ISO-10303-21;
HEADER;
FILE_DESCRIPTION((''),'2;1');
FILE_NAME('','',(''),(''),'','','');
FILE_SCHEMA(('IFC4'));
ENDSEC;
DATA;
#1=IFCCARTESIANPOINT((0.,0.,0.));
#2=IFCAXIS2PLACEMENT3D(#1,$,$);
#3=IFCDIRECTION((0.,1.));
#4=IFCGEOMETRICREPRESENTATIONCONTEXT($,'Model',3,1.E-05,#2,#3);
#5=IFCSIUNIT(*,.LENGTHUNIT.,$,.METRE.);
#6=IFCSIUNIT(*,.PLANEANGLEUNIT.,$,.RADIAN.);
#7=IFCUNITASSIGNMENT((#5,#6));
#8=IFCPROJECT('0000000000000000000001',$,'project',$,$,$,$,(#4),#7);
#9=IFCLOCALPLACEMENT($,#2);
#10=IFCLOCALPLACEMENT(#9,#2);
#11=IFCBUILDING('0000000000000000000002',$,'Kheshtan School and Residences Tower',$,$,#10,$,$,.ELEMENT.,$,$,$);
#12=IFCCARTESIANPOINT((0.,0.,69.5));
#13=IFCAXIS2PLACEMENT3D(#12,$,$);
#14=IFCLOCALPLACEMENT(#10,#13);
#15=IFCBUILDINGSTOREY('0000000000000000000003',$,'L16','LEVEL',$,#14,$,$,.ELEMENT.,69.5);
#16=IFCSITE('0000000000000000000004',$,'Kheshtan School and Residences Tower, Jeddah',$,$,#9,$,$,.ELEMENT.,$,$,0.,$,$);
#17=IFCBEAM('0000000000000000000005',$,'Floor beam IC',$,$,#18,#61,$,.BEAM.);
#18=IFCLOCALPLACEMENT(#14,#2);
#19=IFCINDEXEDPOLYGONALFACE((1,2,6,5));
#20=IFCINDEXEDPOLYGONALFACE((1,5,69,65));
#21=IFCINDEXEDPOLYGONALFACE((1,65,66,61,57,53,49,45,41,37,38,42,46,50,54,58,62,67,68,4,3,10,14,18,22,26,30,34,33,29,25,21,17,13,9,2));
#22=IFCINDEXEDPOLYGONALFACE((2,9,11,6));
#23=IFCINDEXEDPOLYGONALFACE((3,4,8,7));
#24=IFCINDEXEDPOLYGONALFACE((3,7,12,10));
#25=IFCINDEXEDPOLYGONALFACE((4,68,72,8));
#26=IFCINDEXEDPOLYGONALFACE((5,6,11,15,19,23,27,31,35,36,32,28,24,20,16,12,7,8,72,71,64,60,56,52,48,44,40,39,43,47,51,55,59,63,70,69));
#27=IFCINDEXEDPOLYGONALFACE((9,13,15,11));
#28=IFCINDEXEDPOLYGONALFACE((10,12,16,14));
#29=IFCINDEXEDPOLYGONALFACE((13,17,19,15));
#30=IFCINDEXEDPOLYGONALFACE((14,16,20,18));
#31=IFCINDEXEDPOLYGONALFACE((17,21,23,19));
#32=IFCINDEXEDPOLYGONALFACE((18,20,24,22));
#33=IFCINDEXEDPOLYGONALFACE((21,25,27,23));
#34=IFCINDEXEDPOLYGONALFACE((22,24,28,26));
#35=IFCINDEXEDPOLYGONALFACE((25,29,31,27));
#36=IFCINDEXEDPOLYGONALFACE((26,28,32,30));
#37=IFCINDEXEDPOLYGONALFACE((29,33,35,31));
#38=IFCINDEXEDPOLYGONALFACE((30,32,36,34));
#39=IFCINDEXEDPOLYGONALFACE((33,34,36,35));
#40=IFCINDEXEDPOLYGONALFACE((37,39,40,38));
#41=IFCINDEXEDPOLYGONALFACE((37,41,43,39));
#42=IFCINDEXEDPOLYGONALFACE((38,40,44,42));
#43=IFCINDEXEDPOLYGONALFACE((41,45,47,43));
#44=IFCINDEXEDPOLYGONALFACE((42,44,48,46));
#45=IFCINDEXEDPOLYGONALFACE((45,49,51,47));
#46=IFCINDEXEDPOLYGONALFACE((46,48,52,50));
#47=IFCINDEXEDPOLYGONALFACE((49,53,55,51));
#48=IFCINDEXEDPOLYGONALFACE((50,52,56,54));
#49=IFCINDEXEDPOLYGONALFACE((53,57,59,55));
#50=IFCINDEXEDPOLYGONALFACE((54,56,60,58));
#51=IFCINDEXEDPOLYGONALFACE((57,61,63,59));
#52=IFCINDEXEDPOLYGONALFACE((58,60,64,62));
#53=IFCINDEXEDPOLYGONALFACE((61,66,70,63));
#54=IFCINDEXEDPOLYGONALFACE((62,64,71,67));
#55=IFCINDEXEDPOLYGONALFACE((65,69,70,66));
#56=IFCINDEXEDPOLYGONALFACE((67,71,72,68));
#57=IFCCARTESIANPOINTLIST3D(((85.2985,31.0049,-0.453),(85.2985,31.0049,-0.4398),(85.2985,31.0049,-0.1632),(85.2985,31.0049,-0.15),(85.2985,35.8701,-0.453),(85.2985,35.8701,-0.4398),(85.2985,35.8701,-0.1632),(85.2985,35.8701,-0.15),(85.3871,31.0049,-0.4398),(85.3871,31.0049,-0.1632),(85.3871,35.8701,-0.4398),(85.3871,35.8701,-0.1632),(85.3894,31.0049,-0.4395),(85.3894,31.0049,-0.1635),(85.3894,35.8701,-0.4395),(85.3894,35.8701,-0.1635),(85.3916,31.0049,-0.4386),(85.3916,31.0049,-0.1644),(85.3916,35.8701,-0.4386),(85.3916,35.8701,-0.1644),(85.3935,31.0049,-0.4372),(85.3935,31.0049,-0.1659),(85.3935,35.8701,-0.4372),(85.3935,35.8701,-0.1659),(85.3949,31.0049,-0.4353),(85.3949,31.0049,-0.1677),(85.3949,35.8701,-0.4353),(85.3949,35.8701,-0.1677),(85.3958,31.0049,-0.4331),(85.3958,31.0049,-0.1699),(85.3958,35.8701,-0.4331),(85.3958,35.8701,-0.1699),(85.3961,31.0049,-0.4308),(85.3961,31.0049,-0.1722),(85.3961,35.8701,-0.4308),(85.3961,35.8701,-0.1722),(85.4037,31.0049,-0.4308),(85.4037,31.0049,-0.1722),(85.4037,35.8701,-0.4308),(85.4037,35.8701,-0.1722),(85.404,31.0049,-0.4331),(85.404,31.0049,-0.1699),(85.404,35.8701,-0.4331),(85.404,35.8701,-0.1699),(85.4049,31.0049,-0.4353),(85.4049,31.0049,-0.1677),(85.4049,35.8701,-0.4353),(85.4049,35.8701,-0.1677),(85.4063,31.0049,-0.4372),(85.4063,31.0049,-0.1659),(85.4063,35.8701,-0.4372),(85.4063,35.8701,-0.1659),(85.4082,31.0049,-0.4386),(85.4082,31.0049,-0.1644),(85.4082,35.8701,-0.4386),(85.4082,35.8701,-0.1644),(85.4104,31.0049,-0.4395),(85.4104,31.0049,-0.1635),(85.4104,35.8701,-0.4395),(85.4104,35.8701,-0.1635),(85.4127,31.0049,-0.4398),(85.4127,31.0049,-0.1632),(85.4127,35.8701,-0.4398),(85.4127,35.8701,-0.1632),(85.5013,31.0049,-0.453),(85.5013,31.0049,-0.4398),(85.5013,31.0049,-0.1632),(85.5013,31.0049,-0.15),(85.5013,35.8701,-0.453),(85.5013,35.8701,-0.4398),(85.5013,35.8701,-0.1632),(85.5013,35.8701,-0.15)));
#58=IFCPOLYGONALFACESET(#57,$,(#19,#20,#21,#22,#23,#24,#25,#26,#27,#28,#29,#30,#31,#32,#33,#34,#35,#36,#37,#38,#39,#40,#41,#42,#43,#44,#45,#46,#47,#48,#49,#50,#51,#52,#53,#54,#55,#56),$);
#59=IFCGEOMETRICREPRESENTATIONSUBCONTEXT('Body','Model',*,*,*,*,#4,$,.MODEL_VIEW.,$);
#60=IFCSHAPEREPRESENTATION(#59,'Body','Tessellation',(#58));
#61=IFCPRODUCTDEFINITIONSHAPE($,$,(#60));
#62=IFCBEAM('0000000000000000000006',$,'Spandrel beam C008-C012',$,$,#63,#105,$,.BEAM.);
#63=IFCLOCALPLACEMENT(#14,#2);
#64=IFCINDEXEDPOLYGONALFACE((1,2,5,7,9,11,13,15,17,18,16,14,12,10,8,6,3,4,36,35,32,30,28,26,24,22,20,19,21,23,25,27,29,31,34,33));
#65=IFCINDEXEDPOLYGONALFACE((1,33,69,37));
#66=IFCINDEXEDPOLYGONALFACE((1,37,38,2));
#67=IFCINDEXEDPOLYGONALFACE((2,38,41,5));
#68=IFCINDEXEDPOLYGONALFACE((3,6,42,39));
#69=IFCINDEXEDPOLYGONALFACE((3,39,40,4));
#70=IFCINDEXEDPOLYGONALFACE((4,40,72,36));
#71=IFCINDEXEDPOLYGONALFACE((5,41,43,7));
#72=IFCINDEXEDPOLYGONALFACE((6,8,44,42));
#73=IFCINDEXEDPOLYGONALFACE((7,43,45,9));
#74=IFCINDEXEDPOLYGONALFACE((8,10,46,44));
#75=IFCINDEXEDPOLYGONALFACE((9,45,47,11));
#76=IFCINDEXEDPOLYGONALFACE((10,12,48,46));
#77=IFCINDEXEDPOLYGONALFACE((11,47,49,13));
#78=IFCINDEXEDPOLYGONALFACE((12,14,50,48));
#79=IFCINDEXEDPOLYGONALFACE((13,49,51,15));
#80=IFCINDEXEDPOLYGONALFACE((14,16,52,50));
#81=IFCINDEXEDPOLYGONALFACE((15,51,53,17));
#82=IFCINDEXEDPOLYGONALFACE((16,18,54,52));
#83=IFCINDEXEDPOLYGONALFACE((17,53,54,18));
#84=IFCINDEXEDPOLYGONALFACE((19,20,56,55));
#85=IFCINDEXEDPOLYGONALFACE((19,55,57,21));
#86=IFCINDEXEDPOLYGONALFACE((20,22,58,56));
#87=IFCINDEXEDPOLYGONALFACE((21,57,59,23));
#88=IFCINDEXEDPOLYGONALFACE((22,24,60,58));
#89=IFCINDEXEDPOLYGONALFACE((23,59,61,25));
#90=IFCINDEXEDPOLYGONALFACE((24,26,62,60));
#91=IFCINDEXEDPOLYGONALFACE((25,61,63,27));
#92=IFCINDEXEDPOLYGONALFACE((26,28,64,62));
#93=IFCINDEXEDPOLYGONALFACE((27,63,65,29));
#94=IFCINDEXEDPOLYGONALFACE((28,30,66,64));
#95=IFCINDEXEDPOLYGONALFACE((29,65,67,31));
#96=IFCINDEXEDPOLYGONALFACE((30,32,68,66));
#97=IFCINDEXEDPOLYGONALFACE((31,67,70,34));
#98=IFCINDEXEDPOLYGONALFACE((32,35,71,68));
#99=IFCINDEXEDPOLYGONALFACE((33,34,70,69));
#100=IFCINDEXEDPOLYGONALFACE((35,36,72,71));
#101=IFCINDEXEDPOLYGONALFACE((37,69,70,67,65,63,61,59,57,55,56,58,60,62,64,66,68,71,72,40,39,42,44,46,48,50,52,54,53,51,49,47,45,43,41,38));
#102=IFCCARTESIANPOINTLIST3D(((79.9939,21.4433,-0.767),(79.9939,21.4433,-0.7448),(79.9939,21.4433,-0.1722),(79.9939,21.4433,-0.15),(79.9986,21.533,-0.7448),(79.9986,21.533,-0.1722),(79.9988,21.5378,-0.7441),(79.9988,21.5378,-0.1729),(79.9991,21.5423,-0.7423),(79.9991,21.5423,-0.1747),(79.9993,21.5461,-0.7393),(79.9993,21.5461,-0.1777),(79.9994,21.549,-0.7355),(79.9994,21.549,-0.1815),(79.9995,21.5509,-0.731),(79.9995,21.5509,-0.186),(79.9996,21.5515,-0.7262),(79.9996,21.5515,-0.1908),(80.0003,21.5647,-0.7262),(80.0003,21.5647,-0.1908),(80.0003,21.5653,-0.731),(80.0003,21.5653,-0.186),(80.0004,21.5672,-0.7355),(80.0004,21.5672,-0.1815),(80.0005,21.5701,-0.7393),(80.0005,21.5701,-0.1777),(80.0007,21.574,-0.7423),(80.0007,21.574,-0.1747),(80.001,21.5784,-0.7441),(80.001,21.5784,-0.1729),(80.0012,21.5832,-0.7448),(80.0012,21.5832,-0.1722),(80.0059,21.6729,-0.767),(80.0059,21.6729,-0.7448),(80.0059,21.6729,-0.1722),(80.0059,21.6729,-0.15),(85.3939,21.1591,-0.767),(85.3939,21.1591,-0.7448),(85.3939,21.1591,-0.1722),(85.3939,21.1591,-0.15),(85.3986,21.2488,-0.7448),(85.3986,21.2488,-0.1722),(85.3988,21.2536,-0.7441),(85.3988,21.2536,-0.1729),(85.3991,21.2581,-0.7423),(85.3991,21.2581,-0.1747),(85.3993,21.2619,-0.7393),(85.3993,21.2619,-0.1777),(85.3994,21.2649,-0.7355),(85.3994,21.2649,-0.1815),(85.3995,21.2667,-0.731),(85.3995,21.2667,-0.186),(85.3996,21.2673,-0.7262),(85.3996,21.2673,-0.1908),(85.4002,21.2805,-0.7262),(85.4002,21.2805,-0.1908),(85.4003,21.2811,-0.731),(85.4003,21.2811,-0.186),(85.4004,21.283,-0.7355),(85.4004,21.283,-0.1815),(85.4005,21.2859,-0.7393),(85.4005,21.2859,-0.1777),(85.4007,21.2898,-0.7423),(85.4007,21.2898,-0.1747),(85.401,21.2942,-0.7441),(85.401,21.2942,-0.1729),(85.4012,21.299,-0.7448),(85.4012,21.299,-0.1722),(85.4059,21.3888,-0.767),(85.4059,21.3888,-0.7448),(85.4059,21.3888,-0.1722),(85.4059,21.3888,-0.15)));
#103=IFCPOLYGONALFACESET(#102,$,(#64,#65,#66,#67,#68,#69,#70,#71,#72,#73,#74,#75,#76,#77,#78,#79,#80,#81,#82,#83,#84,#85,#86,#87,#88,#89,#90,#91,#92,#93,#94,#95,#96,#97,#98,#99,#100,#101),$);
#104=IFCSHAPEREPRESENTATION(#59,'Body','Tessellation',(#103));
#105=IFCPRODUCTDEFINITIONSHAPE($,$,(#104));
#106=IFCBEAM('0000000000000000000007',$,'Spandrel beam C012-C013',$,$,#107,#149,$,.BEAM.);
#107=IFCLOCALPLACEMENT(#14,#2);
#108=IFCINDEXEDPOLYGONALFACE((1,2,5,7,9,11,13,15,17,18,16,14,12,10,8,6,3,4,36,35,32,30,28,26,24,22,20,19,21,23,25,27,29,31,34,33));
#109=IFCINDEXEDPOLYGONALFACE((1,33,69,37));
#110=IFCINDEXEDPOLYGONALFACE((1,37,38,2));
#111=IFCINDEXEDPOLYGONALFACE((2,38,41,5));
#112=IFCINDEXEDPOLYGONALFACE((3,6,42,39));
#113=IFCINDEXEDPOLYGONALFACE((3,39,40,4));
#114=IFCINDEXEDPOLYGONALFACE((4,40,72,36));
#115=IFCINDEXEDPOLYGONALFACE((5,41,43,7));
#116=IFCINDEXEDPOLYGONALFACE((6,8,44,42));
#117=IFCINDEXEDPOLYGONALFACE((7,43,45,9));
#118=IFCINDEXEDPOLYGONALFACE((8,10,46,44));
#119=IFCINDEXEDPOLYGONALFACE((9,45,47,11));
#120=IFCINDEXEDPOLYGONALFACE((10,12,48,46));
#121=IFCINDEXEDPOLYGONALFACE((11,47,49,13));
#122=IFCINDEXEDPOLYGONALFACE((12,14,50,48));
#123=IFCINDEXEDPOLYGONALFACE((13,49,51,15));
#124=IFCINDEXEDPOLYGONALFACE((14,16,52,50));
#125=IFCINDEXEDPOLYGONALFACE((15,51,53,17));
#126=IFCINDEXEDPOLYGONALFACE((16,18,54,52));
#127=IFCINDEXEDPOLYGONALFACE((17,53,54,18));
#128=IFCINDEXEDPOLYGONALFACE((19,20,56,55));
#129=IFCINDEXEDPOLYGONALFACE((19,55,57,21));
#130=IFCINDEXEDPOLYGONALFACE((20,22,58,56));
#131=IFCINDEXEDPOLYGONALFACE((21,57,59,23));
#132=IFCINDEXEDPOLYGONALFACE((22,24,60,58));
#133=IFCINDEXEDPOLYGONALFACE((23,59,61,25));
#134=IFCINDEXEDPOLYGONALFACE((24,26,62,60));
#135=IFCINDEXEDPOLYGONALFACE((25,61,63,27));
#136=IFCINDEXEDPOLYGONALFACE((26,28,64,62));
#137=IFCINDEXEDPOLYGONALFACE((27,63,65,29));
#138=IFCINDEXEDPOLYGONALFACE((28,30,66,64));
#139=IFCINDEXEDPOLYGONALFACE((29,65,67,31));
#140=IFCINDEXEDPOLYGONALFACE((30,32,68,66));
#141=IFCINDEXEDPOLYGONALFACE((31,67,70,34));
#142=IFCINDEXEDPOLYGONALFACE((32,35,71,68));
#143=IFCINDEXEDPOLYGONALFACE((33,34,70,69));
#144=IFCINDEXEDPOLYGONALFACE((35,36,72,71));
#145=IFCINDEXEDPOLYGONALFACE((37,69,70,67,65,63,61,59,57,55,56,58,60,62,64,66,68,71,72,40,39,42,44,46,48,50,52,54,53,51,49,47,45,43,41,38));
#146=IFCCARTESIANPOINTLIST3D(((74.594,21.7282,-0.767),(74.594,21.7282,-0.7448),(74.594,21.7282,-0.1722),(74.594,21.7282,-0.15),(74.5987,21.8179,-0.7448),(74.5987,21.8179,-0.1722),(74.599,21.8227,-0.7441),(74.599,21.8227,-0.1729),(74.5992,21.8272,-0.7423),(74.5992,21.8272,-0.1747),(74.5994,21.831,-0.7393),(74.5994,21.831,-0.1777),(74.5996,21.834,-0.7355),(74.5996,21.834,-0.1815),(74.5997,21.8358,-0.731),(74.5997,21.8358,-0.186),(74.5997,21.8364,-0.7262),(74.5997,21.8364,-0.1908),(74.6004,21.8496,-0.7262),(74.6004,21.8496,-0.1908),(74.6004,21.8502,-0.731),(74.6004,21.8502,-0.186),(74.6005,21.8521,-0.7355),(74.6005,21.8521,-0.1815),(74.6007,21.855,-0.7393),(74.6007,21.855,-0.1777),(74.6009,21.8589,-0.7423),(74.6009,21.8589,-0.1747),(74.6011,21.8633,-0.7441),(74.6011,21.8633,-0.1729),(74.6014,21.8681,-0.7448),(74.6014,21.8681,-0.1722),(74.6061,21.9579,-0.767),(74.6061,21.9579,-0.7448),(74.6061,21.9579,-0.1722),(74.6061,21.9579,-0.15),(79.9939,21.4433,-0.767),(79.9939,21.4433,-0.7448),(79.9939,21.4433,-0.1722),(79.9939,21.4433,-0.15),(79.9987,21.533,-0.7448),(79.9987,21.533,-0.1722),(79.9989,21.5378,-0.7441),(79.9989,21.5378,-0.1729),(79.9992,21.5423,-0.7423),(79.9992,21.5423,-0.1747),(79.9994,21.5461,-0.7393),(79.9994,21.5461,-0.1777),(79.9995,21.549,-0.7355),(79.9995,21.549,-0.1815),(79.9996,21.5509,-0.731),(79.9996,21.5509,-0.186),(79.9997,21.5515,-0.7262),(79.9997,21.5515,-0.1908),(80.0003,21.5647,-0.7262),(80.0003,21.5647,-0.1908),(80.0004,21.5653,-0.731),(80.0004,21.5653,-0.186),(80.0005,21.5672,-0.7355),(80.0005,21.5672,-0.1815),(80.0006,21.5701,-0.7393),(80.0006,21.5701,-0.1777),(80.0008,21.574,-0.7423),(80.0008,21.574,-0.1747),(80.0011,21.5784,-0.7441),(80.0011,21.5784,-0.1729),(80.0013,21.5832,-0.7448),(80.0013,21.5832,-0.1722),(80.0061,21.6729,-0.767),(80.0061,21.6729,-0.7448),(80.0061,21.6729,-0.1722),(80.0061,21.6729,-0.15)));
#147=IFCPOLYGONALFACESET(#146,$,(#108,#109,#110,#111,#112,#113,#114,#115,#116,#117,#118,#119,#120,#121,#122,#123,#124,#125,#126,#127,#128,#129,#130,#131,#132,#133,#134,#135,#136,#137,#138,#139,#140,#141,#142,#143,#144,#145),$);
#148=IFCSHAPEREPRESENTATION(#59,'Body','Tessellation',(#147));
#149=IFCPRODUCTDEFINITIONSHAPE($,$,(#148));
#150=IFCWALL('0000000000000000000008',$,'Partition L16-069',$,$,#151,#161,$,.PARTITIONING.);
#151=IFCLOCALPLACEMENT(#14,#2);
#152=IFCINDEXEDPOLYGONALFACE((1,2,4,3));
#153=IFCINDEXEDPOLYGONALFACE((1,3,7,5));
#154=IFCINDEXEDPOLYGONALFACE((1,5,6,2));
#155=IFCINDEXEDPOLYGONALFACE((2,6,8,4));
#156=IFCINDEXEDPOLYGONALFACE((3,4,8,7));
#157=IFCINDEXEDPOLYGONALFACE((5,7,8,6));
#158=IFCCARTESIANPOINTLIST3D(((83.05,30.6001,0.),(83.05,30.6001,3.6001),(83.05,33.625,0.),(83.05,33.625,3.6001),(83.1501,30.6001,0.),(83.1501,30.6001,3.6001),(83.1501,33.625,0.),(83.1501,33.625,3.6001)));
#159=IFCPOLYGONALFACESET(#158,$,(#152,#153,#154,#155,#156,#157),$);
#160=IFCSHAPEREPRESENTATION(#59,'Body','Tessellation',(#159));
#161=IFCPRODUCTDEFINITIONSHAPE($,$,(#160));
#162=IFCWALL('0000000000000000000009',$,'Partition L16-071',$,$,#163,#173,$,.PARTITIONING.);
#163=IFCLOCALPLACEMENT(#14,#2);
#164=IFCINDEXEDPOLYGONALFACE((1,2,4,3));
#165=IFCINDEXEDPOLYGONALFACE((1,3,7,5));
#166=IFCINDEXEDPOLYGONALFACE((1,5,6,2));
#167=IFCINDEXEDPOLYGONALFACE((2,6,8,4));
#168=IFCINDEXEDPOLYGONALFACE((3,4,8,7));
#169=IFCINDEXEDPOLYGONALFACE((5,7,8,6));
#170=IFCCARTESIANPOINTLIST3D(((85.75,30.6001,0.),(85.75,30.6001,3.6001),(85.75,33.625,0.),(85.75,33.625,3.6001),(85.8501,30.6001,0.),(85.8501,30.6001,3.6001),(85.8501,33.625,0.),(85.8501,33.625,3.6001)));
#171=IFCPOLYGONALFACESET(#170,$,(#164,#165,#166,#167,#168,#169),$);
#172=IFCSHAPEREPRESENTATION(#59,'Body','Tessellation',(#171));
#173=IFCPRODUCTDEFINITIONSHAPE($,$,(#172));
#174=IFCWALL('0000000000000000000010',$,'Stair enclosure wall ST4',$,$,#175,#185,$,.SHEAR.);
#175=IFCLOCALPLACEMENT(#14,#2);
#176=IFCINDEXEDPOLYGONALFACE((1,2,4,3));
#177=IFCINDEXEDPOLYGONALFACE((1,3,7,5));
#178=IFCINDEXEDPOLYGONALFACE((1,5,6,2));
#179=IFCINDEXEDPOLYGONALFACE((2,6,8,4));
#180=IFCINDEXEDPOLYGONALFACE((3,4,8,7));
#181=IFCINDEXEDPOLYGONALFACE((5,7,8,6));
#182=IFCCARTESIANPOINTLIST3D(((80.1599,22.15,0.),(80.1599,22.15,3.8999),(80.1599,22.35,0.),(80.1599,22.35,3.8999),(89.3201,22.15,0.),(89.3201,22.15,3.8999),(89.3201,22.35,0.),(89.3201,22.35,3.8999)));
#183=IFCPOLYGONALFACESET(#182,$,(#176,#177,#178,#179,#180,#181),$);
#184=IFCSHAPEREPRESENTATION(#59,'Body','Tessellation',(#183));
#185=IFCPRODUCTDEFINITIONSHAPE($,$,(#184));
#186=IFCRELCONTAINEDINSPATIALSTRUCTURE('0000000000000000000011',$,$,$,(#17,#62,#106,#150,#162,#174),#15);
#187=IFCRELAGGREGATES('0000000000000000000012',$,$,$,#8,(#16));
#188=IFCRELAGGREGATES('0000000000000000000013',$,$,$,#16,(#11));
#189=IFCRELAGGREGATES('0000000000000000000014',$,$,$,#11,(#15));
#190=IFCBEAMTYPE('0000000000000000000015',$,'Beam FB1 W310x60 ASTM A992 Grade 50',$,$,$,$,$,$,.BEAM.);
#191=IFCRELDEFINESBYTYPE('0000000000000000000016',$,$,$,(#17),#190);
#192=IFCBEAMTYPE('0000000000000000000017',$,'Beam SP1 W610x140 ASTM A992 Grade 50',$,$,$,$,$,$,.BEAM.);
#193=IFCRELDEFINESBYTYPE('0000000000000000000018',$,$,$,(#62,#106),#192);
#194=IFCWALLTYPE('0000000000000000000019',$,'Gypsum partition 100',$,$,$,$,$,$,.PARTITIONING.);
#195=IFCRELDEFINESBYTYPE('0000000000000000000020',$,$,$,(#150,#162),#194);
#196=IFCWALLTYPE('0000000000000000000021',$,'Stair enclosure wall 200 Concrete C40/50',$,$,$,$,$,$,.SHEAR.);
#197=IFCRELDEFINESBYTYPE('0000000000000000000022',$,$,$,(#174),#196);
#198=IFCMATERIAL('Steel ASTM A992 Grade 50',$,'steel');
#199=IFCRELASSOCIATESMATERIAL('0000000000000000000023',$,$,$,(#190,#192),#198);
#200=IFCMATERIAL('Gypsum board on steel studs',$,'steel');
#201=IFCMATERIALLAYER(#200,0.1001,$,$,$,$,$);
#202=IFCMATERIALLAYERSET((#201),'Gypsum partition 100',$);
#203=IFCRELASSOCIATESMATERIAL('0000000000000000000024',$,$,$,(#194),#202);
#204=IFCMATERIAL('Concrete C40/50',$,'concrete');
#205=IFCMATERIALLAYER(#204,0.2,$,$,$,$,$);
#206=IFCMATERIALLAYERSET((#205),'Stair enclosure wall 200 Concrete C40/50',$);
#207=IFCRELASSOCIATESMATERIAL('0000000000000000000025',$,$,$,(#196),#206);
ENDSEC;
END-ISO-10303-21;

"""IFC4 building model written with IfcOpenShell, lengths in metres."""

from ifc_helpers import new_model, si_unit, direction, frame, frame_2d, origin, origin_2d, place, context, subcontext, project, spatial, rectangle, i_section, extrude, material, layer, layer_set, material_profile, profile_set, type_object, element, save


model = new_model("IFC4")

# Units and contexts
model_context = context("Model", 3, precision=1e-05, world=origin(), true_north=direction((0.0, 1.0)))
body_context = subcontext(model_context, "Body", "Model", "MODEL_VIEW")
ifc_project = project(units=[si_unit("LENGTHUNIT", "METRE"), si_unit("PLANEANGLEUNIT", "RADIAN")], contexts=[model_context])

# Site, building, storey
site_placement = place(None, origin())
site = spatial("IfcSite", under=ifc_project, at=site_placement, Name="Kheshtan School and Residences Tower, Jeddah", CompositionType="ELEMENT", RefElevation=0.0)
building_placement = place(site_placement, origin())
building = spatial("IfcBuilding", under=site, at=building_placement, Name="Kheshtan School and Residences Tower", CompositionType="ELEMENT")
storey_placement = place(building_placement, frame((0.0, 0.0, 69.5)))
storey = spatial("IfcBuildingStorey", under=building, at=storey_placement, Name="L16", Description="LEVEL", CompositionType="ELEMENT", Elevation=69.5)

# Shared definitions
ifc_material_1 = material(Name="Steel ASTM A992 Grade 50", Category="steel")

# Beams
ifc_material_profile_1 = material_profile(ifc_material_1, i_section(OverallWidth=0.2029, OverallDepth=0.303, WebThickness=0.0076, FlangeThickness=0.0132, FilletRadius=0.009, at=origin_2d()), Name="W310x60")
ifc_profile_set_1 = profile_set([ifc_material_profile_1], Name="Steel ASTM A992 Grade 50")
beam_type_1 = type_object("IfcBeamType", Name="Beam FB1 W310x60 ASTM A992 Grade 50", PredefinedType="BEAM", material=ifc_profile_set_1)
beam_placement = place(storey_placement, frame((85.3999, 31.0049, -0.3015), z_axis=(0.0, 1.0, 0.0), x_axis=(-1.0, 0.0, 0.0)))
element("IfcBeam", 1, at=beam_placement, inside=storey, type_object=beam_type_1, Name="Floor beam IC", PredefinedType="BEAM", context=body_context, shape_type="SweptSolid", body=[
    extrude(i_section(OverallWidth=0.2029, OverallDepth=0.303, WebThickness=0.0076, FlangeThickness=0.0132, FilletRadius=0.009, at=origin_2d()), origin(), (0.0, 0.0, 1.0), 4.8652),
])
ifc_material_profile_2 = material_profile(ifc_material_1, i_section(OverallWidth=0.23, OverallDepth=0.6169, WebThickness=0.0132, FlangeThickness=0.0222, FilletRadius=0.0186, at=origin_2d()), Name="W610x140")
ifc_profile_set_2 = profile_set([ifc_material_profile_2], Name="Steel ASTM A992 Grade 50")
beam_type_2 = type_object("IfcBeamType", Name="Beam SP1 W610x140 ASTM A992 Grade 50", PredefinedType="BEAM", material=ifc_profile_set_2)
for number, where, z_axis, x_axis, name in (
    (2, (85.3999, 21.2739, -0.4585), (-0.998618, 0.052554, 0.0), (-0.052554, -0.998618, 0.0), "Spandrel beam C008-C012"),
    (3, (80.0, 21.5581, -0.4585), (-0.998611, 0.052689, 0.0), (-0.052689, -0.998611, 0.0), "Spandrel beam C012-C013"),
):
    element("IfcBeam", number, at=place(storey_placement, frame(where, z_axis=z_axis, x_axis=x_axis)), inside=storey, type_object=beam_type_2, Name=name, PredefinedType="BEAM", context=body_context, shape_type="SweptSolid", body=[
        extrude(i_section(OverallWidth=0.23, OverallDepth=0.6169, WebThickness=0.0132, FlangeThickness=0.0222, FilletRadius=0.0186, at=origin_2d()), origin(), (0.0, 0.0, 1.0), 5.4075),
    ])

# Walls
ifc_material_2 = material(Name="Gypsum board on steel studs", Category="steel")
ifc_layer_1 = layer(ifc_material_2, 0.1001)
ifc_layer_set_1 = layer_set([ifc_layer_1], Name="Gypsum partition 100")
wall_type_1 = type_object("IfcWallType", Name="Gypsum partition 100", PredefinedType="PARTITIONING", material=ifc_layer_set_1)
for number, where, z_axis, x_axis, name in (
    (4, (83.1001, 30.6001, 0.0), (0.0, 0.0, 1.0), (0.0, 1.0, 0.0), "Partition L16-069"),
    (5, (85.8, 30.6001, 0.0), (0.0, 0.0, 1.0), (0.0, 1.0, 0.0), "Partition L16-071"),
):
    element("IfcWall", number, at=place(storey_placement, frame(where, z_axis=z_axis, x_axis=x_axis)), inside=storey, type_object=wall_type_1, Name=name, PredefinedType="PARTITIONING", context=body_context, shape_type="SweptSolid", body=[
        extrude(rectangle(XDim=3.0249, YDim=0.1001, at=frame_2d((1.5125, 0.0))), origin(), (0.0, 0.0, 1.0), 3.6001),
    ])
ifc_material_3 = material(Name="Concrete C40/50", Category="concrete")
ifc_layer_2 = layer(ifc_material_3, 0.2)
ifc_layer_set_2 = layer_set([ifc_layer_2], Name="Stair enclosure wall 200 Concrete C40/50")
wall_type_2 = type_object("IfcWallType", Name="Stair enclosure wall 200 Concrete C40/50", PredefinedType="SHEAR", material=ifc_layer_set_2)
wall_1_placement = place(storey_placement, frame((80.1599, 22.25, 0.0), z_axis=(0.0, 0.0, 1.0), x_axis=(1.0, 0.0, 0.0)))
element("IfcWall", 6, at=wall_1_placement, inside=storey, type_object=wall_type_2, Name="Stair enclosure wall ST4", PredefinedType="SHEAR", context=body_context, shape_type="SweptSolid", body=[
    extrude(rectangle(XDim=9.1602, YDim=0.2, at=frame_2d((4.5801, 0.0))), origin(), (0.0, 0.0, 1.0), 3.8999),
])

save(model, "model.ifc")
